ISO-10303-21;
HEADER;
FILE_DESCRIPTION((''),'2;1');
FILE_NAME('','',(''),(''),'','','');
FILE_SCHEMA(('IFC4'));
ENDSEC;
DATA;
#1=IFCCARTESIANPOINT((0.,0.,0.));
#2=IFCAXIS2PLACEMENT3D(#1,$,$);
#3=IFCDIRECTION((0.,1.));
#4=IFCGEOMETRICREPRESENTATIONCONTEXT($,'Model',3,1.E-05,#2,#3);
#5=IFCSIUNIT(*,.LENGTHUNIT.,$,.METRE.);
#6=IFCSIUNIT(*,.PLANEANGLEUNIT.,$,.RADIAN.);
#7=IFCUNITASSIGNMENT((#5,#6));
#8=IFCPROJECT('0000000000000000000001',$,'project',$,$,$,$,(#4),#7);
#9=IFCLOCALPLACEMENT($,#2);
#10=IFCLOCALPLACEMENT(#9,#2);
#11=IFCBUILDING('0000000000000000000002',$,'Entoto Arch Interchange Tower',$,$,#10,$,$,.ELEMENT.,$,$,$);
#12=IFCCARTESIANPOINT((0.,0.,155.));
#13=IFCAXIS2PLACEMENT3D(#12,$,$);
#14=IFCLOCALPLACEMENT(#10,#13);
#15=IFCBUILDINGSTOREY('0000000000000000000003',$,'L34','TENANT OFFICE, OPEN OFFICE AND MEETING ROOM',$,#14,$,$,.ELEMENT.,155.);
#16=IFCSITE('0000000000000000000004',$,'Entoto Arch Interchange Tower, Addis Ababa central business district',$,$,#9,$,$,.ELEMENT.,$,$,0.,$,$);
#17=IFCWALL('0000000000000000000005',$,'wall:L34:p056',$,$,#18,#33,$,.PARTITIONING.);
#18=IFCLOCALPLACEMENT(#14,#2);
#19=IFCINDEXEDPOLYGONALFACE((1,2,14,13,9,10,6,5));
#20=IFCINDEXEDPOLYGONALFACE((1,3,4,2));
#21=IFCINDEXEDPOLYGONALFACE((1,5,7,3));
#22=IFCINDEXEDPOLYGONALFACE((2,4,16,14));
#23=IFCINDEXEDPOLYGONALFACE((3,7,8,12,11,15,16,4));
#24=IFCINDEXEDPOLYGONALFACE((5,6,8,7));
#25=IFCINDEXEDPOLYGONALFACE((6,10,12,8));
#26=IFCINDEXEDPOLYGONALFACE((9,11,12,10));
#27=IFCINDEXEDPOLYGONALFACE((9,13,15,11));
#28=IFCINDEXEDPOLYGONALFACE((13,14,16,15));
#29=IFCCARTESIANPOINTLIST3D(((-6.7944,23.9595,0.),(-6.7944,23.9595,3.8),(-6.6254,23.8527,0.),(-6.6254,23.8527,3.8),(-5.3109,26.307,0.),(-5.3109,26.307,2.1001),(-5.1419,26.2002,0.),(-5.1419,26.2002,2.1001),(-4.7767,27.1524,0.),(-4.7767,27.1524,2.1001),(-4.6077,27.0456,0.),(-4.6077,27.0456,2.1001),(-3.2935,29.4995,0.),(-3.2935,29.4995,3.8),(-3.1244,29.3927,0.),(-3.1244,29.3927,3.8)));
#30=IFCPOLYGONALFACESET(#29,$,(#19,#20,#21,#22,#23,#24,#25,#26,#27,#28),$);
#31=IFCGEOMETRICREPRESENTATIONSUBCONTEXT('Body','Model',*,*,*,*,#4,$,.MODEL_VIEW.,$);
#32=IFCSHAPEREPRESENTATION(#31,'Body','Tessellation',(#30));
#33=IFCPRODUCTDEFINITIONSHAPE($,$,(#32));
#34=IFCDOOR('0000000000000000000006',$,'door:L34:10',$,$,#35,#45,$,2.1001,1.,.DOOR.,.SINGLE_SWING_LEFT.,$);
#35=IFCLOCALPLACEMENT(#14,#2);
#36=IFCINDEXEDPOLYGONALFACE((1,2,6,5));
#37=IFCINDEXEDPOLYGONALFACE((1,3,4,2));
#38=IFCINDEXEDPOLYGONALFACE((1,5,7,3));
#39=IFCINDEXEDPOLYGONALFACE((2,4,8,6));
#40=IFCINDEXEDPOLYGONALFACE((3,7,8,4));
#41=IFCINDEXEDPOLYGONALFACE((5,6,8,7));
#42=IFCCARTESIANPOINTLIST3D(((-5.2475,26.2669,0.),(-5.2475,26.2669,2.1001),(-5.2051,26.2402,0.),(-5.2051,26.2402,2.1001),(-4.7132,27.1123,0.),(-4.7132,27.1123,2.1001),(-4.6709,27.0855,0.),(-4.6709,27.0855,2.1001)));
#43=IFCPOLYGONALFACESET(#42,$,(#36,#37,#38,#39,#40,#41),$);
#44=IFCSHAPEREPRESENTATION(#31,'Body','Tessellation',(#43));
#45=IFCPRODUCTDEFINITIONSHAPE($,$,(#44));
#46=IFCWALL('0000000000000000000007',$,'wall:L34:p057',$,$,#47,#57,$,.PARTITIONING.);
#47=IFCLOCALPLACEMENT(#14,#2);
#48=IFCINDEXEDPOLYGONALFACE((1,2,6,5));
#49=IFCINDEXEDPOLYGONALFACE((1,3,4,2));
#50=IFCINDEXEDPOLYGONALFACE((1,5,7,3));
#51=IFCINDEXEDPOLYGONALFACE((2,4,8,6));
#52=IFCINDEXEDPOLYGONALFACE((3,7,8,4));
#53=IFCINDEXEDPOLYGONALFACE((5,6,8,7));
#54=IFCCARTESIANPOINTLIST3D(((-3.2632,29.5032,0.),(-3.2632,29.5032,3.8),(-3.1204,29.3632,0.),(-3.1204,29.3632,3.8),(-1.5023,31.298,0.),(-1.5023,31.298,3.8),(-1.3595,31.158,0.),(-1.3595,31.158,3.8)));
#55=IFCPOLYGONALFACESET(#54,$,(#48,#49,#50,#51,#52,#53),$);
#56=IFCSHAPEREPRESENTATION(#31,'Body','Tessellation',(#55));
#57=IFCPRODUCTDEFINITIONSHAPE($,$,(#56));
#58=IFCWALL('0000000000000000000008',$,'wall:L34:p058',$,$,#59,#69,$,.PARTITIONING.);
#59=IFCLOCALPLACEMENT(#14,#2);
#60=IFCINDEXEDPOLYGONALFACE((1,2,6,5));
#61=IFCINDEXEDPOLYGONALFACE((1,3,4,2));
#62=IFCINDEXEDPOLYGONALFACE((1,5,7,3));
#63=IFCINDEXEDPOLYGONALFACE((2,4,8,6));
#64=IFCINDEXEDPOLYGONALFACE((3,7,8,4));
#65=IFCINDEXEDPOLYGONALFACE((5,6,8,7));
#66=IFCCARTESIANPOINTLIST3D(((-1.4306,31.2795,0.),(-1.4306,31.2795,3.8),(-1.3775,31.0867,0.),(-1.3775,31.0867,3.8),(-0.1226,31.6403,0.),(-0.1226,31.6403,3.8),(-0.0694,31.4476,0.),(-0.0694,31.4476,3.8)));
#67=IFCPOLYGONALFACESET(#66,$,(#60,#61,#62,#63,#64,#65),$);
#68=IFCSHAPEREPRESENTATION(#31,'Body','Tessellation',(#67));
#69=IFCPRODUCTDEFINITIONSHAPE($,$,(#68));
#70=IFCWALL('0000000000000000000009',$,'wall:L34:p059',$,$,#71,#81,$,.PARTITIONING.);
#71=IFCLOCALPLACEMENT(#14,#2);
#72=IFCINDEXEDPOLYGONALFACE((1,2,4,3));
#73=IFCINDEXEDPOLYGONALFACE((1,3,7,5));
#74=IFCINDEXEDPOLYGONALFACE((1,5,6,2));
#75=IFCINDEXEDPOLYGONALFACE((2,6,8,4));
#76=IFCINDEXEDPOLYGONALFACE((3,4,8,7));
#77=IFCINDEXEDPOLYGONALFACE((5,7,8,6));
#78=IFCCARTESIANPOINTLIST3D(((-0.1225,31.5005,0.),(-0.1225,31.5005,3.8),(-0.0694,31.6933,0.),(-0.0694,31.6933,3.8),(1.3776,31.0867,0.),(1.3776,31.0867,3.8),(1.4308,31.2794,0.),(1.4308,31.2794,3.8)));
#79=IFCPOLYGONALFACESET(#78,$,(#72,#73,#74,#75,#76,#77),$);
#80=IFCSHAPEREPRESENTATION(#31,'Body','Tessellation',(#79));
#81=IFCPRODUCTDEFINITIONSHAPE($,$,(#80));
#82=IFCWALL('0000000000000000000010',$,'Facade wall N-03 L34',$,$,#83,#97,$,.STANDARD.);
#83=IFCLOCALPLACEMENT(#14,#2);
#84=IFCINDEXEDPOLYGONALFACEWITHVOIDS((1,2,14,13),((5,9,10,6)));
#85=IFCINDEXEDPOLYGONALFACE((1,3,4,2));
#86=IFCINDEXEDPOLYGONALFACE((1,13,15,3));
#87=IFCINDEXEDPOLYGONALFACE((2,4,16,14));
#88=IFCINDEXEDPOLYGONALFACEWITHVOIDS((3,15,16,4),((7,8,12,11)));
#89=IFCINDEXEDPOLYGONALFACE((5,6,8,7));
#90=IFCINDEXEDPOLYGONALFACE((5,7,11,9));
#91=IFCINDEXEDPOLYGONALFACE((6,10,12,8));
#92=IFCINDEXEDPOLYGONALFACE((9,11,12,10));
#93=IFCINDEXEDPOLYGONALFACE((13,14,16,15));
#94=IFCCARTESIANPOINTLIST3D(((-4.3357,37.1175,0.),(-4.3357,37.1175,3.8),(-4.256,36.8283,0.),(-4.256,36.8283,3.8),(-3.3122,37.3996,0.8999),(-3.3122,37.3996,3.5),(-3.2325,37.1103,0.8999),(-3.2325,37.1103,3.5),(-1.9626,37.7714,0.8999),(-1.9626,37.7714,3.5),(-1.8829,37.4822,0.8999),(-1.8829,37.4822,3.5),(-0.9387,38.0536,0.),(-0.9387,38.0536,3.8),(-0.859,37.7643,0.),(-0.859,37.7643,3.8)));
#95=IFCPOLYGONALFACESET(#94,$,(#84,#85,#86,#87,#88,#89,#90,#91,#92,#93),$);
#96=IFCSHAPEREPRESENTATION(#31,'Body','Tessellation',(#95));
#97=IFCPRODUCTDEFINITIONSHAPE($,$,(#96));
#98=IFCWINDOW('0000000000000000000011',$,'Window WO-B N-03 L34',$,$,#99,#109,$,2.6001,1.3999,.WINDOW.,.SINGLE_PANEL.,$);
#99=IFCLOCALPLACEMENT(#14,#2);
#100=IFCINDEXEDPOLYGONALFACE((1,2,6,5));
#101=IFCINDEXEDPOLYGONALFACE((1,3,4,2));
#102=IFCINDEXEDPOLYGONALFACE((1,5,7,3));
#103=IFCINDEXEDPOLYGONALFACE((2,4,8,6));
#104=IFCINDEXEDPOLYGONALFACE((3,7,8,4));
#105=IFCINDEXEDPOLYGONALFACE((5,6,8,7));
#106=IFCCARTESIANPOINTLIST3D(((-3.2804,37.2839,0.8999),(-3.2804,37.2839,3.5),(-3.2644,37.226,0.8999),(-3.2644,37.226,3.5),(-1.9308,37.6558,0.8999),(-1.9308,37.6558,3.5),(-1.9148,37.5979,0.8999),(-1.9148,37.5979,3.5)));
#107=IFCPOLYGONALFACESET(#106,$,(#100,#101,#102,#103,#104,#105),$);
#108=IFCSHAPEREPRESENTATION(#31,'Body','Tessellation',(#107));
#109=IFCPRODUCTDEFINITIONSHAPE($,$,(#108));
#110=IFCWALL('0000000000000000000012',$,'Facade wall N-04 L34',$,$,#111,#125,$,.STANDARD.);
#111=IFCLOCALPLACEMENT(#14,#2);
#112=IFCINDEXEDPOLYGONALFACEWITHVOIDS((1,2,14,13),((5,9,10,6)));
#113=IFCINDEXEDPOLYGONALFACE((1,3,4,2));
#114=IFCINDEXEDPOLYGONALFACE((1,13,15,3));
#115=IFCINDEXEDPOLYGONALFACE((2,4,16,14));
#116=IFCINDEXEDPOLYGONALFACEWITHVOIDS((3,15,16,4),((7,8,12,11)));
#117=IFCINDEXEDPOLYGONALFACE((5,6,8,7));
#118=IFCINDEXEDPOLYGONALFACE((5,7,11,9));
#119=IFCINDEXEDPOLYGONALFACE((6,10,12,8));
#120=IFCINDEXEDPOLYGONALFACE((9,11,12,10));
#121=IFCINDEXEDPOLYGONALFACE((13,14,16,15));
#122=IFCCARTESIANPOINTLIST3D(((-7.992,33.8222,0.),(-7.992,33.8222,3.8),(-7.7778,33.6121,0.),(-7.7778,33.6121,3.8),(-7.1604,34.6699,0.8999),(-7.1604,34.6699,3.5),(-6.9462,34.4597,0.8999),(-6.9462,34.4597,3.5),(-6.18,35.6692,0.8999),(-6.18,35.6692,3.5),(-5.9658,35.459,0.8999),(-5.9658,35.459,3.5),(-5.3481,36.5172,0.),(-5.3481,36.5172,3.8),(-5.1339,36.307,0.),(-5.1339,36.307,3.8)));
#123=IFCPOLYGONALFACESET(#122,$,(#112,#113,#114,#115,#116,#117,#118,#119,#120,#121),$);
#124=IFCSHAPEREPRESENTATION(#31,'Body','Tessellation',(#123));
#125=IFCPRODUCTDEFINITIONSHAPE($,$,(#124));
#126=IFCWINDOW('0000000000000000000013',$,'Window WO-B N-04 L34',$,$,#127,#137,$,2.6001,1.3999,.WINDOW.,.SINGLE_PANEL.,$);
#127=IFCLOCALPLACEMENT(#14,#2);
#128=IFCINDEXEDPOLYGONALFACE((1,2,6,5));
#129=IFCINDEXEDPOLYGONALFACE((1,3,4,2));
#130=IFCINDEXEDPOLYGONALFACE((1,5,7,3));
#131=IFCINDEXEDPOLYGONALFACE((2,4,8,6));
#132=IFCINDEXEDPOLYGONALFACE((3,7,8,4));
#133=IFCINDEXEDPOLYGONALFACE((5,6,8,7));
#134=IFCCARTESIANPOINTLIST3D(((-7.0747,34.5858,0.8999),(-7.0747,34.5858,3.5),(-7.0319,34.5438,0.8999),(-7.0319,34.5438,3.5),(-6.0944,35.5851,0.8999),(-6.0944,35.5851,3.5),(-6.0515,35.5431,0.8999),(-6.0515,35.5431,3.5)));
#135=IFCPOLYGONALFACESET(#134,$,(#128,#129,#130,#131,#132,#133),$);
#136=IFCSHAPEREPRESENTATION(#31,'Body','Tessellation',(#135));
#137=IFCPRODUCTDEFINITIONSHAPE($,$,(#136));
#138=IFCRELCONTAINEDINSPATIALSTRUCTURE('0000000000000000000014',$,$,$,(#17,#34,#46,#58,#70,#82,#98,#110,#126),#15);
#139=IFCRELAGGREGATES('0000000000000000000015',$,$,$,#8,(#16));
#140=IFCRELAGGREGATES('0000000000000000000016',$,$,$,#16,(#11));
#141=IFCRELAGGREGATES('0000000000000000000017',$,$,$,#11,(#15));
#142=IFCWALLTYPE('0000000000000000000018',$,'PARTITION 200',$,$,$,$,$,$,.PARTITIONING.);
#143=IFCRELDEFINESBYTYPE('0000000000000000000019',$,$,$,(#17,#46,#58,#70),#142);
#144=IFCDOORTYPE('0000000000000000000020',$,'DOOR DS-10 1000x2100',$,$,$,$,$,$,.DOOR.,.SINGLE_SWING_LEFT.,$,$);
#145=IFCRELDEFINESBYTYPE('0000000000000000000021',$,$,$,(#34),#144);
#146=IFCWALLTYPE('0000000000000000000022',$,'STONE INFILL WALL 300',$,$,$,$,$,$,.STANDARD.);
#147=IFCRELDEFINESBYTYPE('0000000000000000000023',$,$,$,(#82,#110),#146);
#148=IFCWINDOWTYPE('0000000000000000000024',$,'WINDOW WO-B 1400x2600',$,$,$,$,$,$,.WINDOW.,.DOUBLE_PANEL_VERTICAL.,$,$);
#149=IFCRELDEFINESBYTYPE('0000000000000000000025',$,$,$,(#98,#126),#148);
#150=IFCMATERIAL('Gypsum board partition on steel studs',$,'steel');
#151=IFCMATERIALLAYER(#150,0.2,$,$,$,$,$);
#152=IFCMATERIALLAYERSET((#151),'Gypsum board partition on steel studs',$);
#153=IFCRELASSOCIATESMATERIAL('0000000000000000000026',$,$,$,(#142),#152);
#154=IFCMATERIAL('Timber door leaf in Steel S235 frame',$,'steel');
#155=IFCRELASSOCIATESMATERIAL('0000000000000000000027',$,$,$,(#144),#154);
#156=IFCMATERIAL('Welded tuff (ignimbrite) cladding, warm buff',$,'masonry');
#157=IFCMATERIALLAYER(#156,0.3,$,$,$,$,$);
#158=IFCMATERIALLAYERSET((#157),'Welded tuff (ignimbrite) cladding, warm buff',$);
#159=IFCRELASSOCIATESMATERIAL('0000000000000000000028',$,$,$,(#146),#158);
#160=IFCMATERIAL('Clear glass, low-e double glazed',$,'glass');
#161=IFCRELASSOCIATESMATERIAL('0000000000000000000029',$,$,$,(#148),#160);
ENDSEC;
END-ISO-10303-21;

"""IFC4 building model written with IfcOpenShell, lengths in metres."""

from ifc_helpers import new_model, si_unit, direction, frame, frame_2d, origin, place, context, subcontext, project, spatial, rectangle, extrude, material, layer, layer_set, type_object, element, fill, save


model = new_model("IFC4")

# Units and contexts
model_context = context("Model", 3, precision=1e-05, world=origin(), true_north=direction((0.0, 1.0)))
body_context = subcontext(model_context, "Body", "Model", "MODEL_VIEW")
ifc_project = project(units=[si_unit("LENGTHUNIT", "METRE"), si_unit("PLANEANGLEUNIT", "RADIAN")], contexts=[model_context])

# Site, building, storey
site_placement = place(None, origin())
site = spatial("IfcSite", under=ifc_project, at=site_placement, Name="Entoto Arch Interchange Tower, Addis Ababa central business district", CompositionType="ELEMENT", RefElevation=0.0)
building_placement = place(site_placement, origin())
building = spatial("IfcBuilding", under=site, at=building_placement, Name="Entoto Arch Interchange Tower", CompositionType="ELEMENT")
storey_placement = place(building_placement, frame((0.0, 0.0, 155.0)))
storey = spatial("IfcBuildingStorey", under=building, at=storey_placement, Name="L34", Description="TENANT OFFICE, OPEN OFFICE AND MEETING ROOM", CompositionType="ELEMENT", Elevation=155.0)

# Shared definitions
ifc_material_1 = material(Name="Gypsum board partition on steel studs", Category="steel")

# Shared definitions
ifc_layer_1 = layer(ifc_material_1, 0.2)
ifc_layer_set_1 = layer_set([ifc_layer_1], Name="Gypsum board partition on steel studs")
wall_type_1 = type_object("IfcWallType", Name="PARTITION 200", PredefinedType="PARTITIONING", material=ifc_layer_set_1)
ifc_material_2 = material(Name="Timber door leaf in Steel S235 frame", Category="steel")
door_type = type_object("IfcDoorType", Name="DOOR DS-10 1000x2100", OperationType="SINGLE_SWING_LEFT", PredefinedType="DOOR", material=ifc_material_2)

# Wall, opening, door
wall_1_placement = place(storey_placement, frame((-6.71, 23.906, 0.0), z_axis=(0.0, 0.0, 1.0), x_axis=(0.534212, 0.845351, 0.0)))
wall_1 = element("IfcWall", 1, at=wall_1_placement, inside=storey, type_object=wall_type_1, Name="wall:L34:p056", PredefinedType="PARTITIONING", context=body_context, shape_type="SweptSolid", body=[
    extrude(rectangle(XDim=6.5535, YDim=0.2, at=frame_2d((3.2769, 0.0))), origin(), (0.0, 0.0, 1.0), 3.8),
])
opening_1_placement = place(wall_1_placement, frame((2.7771, 0.0, 0.0)))
opening_1 = element("IfcOpeningElement", 2, at=opening_1_placement, cuts=wall_1, PredefinedType="OPENING", context=body_context, shape_type="SweptSolid", body=[
    extrude(rectangle(XDim=1.0, YDim=2.1001, at=frame_2d((0.5, 1.05))), frame((0.0, 0.1099, 0.0), z_axis=(0.0, -1.0, 0.0), x_axis=(1.0, 0.0, 0.0)), (0.0, 0.0, 1.0), 0.22),
])
door_1_placement = place(opening_1_placement, origin())
door_1 = element("IfcDoor", 3, at=door_1_placement, inside=storey, type_object=door_type, Name="door:L34:10", OperationType="SINGLE_SWING_LEFT", OverallHeight=2.1001, OverallWidth=1.0, PredefinedType="DOOR", context=body_context, shape_type="SweptSolid", body=[
    extrude(rectangle(XDim=1.0, YDim=2.1001, at=frame_2d((0.5, 1.05))), frame((0.0, 0.0249, 0.0), z_axis=(0.0, -1.0, 0.0), x_axis=(1.0, 0.0, 0.0)), (0.0, 0.0, 1.0), 0.05),
])
fill(opening_1, door_1)

# Walls
wall_2_placement = place(storey_placement, frame((-3.1919, 29.4331, 0.0), z_axis=(0.0, 0.0, 1.0), x_axis=(0.700327, 0.713822, 0.0)))
element("IfcWall", 4, at=wall_2_placement, inside=storey, type_object=wall_type_1, Name="wall:L34:p057", PredefinedType="PARTITIONING", context=body_context, shape_type="SweptSolid", body=[
    extrude(rectangle(XDim=2.5144, YDim=0.2, at=frame_2d((1.2573, 0.0))), origin(), (0.0, 0.0, 1.0), 3.8),
])
wall_3_placement = place(storey_placement, frame((-1.4041, 31.1831, 0.0), z_axis=(0.0, 0.0, 1.0), x_axis=(0.963996, 0.265917, 0.0)))
element("IfcWall", 5, at=wall_3_placement, inside=storey, type_object=wall_type_1, Name="wall:L34:p058", PredefinedType="PARTITIONING", context=body_context, shape_type="SweptSolid", body=[
    extrude(rectangle(XDim=1.3569, YDim=0.2, at=frame_2d((0.6785, 0.0))), origin(), (0.0, 0.0, 1.0), 3.8),
])
wall_4_placement = place(storey_placement, frame((-0.0959, 31.5969, 0.0), z_axis=(0.0, 0.0, 1.0), x_axis=(0.963988, -0.265944, 0.0)))
element("IfcWall", 6, at=wall_4_placement, inside=storey, type_object=wall_type_1, Name="wall:L34:p059", PredefinedType="PARTITIONING", context=body_context, shape_type="SweptSolid", body=[
    extrude(rectangle(XDim=1.5562, YDim=0.2, at=frame_2d((0.7781, 0.0))), origin(), (0.0, 0.0, 1.0), 3.8),
])

# Walls, openings, windows
ifc_material_3 = material(Name="Welded tuff (ignimbrite) cladding, warm buff", Category="masonry")
ifc_layer_2 = layer(ifc_material_3, 0.3)
ifc_layer_set_2 = layer_set([ifc_layer_2], Name="Welded tuff (ignimbrite) cladding, warm buff")
wall_type_2 = type_object("IfcWallType", Name="STONE INFILL WALL 300", PredefinedType="STANDARD", material=ifc_layer_set_2)
wall_5_placement = place(storey_placement, frame((-0.8989, 37.9089, 0.0), z_axis=(0.0, 0.0, 1.0), x_axis=(-0.96407, -0.265649, 0.0)))
wall_5 = element("IfcWall", 7, at=wall_5_placement, inside=storey, type_object=wall_type_2, Name="Facade wall N-03 L34", PredefinedType="STANDARD", context=body_context, shape_type="SweptSolid", body=[
    extrude(rectangle(XDim=3.5237, YDim=0.3, at=frame_2d((1.7617, 0.0))), origin(), (0.0, 0.0, 1.0), 3.8),
])
opening_2_placement = place(wall_5_placement, frame((1.062, 0.0, 0.8999)))
opening_2 = element("IfcOpeningElement", 8, at=opening_2_placement, cuts=wall_5, PredefinedType="OPENING", context=body_context, shape_type="SweptSolid", body=[
    extrude(rectangle(XDim=1.3999, YDim=2.6001, at=frame_2d((0.7, 1.3))), frame((0.0, 0.1602, 0.0), z_axis=(0.0, -1.0, 0.0), x_axis=(1.0, 0.0, 0.0)), (0.0, 0.0, 1.0), 0.3201),
])
ifc_material_4 = material(Name="Clear glass, low-e double glazed", Category="glass")
window_type_1 = type_object("IfcWindowType", Name="WINDOW WO-B 1400x2600", PartitioningType="DOUBLE_PANEL_VERTICAL", PredefinedType="WINDOW", material=ifc_material_4)
window_1_placement = place(opening_2_placement, origin())
window_1 = element("IfcWindow", 9, at=window_1_placement, inside=storey, type_object=window_type_1, Name="Window WO-B N-03 L34", OverallHeight=2.6001, OverallWidth=1.3999, PartitioningType="SINGLE_PANEL", PredefinedType="WINDOW", context=body_context, shape_type="SweptSolid", body=[
    extrude(rectangle(XDim=1.3999, YDim=2.6001, at=frame_2d((0.7, 1.3))), frame((0.0, 0.03, 0.0), z_axis=(0.0, -1.0, 0.0), x_axis=(1.0, 0.0, 0.0)), (0.0, 0.0, 1.0), 0.0601),
])
fill(opening_2, window_1)
wall_6_placement = place(storey_placement, frame((-5.241, 36.4121, 0.0), z_axis=(0.0, 0.0, 1.0), x_axis=(-0.700317, -0.713832, 0.0)))
wall_6 = element("IfcWall", 10, at=wall_6_placement, inside=storey, type_object=wall_type_2, Name="Facade wall N-04 L34", PredefinedType="STANDARD", context=body_context, shape_type="SweptSolid", body=[
    extrude(rectangle(XDim=3.7754, YDim=0.3, at=frame_2d((1.8877, 0.0))), origin(), (0.0, 0.0, 1.0), 3.8),
])
opening_3_placement = place(wall_6_placement, frame((1.188, 0.0, 0.8999)))
opening_3 = element("IfcOpeningElement", 11, at=opening_3_placement, cuts=wall_6, PredefinedType="OPENING", context=body_context, shape_type="SweptSolid", body=[
    extrude(rectangle(XDim=1.3999, YDim=2.6001, at=frame_2d((0.7, 1.3))), frame((0.0, 0.1602, 0.0), z_axis=(0.0, -1.0, 0.0), x_axis=(1.0, 0.0, 0.0)), (0.0, 0.0, 1.0), 0.3201),
])
window_2_placement = place(opening_3_placement, origin())
window_2 = element("IfcWindow", 12, at=window_2_placement, inside=storey, type_object=window_type_1, Name="Window WO-B N-04 L34", OverallHeight=2.6001, OverallWidth=1.3999, PartitioningType="SINGLE_PANEL", PredefinedType="WINDOW", context=body_context, shape_type="SweptSolid", body=[
    extrude(rectangle(XDim=1.3999, YDim=2.6001, at=frame_2d((0.7, 1.3))), frame((0.0, 0.03, 0.0), z_axis=(0.0, -1.0, 0.0), x_axis=(1.0, 0.0, 0.0)), (0.0, 0.0, 1.0), 0.0601),
])
fill(opening_3, window_2)

save(model, "model.ifc")
